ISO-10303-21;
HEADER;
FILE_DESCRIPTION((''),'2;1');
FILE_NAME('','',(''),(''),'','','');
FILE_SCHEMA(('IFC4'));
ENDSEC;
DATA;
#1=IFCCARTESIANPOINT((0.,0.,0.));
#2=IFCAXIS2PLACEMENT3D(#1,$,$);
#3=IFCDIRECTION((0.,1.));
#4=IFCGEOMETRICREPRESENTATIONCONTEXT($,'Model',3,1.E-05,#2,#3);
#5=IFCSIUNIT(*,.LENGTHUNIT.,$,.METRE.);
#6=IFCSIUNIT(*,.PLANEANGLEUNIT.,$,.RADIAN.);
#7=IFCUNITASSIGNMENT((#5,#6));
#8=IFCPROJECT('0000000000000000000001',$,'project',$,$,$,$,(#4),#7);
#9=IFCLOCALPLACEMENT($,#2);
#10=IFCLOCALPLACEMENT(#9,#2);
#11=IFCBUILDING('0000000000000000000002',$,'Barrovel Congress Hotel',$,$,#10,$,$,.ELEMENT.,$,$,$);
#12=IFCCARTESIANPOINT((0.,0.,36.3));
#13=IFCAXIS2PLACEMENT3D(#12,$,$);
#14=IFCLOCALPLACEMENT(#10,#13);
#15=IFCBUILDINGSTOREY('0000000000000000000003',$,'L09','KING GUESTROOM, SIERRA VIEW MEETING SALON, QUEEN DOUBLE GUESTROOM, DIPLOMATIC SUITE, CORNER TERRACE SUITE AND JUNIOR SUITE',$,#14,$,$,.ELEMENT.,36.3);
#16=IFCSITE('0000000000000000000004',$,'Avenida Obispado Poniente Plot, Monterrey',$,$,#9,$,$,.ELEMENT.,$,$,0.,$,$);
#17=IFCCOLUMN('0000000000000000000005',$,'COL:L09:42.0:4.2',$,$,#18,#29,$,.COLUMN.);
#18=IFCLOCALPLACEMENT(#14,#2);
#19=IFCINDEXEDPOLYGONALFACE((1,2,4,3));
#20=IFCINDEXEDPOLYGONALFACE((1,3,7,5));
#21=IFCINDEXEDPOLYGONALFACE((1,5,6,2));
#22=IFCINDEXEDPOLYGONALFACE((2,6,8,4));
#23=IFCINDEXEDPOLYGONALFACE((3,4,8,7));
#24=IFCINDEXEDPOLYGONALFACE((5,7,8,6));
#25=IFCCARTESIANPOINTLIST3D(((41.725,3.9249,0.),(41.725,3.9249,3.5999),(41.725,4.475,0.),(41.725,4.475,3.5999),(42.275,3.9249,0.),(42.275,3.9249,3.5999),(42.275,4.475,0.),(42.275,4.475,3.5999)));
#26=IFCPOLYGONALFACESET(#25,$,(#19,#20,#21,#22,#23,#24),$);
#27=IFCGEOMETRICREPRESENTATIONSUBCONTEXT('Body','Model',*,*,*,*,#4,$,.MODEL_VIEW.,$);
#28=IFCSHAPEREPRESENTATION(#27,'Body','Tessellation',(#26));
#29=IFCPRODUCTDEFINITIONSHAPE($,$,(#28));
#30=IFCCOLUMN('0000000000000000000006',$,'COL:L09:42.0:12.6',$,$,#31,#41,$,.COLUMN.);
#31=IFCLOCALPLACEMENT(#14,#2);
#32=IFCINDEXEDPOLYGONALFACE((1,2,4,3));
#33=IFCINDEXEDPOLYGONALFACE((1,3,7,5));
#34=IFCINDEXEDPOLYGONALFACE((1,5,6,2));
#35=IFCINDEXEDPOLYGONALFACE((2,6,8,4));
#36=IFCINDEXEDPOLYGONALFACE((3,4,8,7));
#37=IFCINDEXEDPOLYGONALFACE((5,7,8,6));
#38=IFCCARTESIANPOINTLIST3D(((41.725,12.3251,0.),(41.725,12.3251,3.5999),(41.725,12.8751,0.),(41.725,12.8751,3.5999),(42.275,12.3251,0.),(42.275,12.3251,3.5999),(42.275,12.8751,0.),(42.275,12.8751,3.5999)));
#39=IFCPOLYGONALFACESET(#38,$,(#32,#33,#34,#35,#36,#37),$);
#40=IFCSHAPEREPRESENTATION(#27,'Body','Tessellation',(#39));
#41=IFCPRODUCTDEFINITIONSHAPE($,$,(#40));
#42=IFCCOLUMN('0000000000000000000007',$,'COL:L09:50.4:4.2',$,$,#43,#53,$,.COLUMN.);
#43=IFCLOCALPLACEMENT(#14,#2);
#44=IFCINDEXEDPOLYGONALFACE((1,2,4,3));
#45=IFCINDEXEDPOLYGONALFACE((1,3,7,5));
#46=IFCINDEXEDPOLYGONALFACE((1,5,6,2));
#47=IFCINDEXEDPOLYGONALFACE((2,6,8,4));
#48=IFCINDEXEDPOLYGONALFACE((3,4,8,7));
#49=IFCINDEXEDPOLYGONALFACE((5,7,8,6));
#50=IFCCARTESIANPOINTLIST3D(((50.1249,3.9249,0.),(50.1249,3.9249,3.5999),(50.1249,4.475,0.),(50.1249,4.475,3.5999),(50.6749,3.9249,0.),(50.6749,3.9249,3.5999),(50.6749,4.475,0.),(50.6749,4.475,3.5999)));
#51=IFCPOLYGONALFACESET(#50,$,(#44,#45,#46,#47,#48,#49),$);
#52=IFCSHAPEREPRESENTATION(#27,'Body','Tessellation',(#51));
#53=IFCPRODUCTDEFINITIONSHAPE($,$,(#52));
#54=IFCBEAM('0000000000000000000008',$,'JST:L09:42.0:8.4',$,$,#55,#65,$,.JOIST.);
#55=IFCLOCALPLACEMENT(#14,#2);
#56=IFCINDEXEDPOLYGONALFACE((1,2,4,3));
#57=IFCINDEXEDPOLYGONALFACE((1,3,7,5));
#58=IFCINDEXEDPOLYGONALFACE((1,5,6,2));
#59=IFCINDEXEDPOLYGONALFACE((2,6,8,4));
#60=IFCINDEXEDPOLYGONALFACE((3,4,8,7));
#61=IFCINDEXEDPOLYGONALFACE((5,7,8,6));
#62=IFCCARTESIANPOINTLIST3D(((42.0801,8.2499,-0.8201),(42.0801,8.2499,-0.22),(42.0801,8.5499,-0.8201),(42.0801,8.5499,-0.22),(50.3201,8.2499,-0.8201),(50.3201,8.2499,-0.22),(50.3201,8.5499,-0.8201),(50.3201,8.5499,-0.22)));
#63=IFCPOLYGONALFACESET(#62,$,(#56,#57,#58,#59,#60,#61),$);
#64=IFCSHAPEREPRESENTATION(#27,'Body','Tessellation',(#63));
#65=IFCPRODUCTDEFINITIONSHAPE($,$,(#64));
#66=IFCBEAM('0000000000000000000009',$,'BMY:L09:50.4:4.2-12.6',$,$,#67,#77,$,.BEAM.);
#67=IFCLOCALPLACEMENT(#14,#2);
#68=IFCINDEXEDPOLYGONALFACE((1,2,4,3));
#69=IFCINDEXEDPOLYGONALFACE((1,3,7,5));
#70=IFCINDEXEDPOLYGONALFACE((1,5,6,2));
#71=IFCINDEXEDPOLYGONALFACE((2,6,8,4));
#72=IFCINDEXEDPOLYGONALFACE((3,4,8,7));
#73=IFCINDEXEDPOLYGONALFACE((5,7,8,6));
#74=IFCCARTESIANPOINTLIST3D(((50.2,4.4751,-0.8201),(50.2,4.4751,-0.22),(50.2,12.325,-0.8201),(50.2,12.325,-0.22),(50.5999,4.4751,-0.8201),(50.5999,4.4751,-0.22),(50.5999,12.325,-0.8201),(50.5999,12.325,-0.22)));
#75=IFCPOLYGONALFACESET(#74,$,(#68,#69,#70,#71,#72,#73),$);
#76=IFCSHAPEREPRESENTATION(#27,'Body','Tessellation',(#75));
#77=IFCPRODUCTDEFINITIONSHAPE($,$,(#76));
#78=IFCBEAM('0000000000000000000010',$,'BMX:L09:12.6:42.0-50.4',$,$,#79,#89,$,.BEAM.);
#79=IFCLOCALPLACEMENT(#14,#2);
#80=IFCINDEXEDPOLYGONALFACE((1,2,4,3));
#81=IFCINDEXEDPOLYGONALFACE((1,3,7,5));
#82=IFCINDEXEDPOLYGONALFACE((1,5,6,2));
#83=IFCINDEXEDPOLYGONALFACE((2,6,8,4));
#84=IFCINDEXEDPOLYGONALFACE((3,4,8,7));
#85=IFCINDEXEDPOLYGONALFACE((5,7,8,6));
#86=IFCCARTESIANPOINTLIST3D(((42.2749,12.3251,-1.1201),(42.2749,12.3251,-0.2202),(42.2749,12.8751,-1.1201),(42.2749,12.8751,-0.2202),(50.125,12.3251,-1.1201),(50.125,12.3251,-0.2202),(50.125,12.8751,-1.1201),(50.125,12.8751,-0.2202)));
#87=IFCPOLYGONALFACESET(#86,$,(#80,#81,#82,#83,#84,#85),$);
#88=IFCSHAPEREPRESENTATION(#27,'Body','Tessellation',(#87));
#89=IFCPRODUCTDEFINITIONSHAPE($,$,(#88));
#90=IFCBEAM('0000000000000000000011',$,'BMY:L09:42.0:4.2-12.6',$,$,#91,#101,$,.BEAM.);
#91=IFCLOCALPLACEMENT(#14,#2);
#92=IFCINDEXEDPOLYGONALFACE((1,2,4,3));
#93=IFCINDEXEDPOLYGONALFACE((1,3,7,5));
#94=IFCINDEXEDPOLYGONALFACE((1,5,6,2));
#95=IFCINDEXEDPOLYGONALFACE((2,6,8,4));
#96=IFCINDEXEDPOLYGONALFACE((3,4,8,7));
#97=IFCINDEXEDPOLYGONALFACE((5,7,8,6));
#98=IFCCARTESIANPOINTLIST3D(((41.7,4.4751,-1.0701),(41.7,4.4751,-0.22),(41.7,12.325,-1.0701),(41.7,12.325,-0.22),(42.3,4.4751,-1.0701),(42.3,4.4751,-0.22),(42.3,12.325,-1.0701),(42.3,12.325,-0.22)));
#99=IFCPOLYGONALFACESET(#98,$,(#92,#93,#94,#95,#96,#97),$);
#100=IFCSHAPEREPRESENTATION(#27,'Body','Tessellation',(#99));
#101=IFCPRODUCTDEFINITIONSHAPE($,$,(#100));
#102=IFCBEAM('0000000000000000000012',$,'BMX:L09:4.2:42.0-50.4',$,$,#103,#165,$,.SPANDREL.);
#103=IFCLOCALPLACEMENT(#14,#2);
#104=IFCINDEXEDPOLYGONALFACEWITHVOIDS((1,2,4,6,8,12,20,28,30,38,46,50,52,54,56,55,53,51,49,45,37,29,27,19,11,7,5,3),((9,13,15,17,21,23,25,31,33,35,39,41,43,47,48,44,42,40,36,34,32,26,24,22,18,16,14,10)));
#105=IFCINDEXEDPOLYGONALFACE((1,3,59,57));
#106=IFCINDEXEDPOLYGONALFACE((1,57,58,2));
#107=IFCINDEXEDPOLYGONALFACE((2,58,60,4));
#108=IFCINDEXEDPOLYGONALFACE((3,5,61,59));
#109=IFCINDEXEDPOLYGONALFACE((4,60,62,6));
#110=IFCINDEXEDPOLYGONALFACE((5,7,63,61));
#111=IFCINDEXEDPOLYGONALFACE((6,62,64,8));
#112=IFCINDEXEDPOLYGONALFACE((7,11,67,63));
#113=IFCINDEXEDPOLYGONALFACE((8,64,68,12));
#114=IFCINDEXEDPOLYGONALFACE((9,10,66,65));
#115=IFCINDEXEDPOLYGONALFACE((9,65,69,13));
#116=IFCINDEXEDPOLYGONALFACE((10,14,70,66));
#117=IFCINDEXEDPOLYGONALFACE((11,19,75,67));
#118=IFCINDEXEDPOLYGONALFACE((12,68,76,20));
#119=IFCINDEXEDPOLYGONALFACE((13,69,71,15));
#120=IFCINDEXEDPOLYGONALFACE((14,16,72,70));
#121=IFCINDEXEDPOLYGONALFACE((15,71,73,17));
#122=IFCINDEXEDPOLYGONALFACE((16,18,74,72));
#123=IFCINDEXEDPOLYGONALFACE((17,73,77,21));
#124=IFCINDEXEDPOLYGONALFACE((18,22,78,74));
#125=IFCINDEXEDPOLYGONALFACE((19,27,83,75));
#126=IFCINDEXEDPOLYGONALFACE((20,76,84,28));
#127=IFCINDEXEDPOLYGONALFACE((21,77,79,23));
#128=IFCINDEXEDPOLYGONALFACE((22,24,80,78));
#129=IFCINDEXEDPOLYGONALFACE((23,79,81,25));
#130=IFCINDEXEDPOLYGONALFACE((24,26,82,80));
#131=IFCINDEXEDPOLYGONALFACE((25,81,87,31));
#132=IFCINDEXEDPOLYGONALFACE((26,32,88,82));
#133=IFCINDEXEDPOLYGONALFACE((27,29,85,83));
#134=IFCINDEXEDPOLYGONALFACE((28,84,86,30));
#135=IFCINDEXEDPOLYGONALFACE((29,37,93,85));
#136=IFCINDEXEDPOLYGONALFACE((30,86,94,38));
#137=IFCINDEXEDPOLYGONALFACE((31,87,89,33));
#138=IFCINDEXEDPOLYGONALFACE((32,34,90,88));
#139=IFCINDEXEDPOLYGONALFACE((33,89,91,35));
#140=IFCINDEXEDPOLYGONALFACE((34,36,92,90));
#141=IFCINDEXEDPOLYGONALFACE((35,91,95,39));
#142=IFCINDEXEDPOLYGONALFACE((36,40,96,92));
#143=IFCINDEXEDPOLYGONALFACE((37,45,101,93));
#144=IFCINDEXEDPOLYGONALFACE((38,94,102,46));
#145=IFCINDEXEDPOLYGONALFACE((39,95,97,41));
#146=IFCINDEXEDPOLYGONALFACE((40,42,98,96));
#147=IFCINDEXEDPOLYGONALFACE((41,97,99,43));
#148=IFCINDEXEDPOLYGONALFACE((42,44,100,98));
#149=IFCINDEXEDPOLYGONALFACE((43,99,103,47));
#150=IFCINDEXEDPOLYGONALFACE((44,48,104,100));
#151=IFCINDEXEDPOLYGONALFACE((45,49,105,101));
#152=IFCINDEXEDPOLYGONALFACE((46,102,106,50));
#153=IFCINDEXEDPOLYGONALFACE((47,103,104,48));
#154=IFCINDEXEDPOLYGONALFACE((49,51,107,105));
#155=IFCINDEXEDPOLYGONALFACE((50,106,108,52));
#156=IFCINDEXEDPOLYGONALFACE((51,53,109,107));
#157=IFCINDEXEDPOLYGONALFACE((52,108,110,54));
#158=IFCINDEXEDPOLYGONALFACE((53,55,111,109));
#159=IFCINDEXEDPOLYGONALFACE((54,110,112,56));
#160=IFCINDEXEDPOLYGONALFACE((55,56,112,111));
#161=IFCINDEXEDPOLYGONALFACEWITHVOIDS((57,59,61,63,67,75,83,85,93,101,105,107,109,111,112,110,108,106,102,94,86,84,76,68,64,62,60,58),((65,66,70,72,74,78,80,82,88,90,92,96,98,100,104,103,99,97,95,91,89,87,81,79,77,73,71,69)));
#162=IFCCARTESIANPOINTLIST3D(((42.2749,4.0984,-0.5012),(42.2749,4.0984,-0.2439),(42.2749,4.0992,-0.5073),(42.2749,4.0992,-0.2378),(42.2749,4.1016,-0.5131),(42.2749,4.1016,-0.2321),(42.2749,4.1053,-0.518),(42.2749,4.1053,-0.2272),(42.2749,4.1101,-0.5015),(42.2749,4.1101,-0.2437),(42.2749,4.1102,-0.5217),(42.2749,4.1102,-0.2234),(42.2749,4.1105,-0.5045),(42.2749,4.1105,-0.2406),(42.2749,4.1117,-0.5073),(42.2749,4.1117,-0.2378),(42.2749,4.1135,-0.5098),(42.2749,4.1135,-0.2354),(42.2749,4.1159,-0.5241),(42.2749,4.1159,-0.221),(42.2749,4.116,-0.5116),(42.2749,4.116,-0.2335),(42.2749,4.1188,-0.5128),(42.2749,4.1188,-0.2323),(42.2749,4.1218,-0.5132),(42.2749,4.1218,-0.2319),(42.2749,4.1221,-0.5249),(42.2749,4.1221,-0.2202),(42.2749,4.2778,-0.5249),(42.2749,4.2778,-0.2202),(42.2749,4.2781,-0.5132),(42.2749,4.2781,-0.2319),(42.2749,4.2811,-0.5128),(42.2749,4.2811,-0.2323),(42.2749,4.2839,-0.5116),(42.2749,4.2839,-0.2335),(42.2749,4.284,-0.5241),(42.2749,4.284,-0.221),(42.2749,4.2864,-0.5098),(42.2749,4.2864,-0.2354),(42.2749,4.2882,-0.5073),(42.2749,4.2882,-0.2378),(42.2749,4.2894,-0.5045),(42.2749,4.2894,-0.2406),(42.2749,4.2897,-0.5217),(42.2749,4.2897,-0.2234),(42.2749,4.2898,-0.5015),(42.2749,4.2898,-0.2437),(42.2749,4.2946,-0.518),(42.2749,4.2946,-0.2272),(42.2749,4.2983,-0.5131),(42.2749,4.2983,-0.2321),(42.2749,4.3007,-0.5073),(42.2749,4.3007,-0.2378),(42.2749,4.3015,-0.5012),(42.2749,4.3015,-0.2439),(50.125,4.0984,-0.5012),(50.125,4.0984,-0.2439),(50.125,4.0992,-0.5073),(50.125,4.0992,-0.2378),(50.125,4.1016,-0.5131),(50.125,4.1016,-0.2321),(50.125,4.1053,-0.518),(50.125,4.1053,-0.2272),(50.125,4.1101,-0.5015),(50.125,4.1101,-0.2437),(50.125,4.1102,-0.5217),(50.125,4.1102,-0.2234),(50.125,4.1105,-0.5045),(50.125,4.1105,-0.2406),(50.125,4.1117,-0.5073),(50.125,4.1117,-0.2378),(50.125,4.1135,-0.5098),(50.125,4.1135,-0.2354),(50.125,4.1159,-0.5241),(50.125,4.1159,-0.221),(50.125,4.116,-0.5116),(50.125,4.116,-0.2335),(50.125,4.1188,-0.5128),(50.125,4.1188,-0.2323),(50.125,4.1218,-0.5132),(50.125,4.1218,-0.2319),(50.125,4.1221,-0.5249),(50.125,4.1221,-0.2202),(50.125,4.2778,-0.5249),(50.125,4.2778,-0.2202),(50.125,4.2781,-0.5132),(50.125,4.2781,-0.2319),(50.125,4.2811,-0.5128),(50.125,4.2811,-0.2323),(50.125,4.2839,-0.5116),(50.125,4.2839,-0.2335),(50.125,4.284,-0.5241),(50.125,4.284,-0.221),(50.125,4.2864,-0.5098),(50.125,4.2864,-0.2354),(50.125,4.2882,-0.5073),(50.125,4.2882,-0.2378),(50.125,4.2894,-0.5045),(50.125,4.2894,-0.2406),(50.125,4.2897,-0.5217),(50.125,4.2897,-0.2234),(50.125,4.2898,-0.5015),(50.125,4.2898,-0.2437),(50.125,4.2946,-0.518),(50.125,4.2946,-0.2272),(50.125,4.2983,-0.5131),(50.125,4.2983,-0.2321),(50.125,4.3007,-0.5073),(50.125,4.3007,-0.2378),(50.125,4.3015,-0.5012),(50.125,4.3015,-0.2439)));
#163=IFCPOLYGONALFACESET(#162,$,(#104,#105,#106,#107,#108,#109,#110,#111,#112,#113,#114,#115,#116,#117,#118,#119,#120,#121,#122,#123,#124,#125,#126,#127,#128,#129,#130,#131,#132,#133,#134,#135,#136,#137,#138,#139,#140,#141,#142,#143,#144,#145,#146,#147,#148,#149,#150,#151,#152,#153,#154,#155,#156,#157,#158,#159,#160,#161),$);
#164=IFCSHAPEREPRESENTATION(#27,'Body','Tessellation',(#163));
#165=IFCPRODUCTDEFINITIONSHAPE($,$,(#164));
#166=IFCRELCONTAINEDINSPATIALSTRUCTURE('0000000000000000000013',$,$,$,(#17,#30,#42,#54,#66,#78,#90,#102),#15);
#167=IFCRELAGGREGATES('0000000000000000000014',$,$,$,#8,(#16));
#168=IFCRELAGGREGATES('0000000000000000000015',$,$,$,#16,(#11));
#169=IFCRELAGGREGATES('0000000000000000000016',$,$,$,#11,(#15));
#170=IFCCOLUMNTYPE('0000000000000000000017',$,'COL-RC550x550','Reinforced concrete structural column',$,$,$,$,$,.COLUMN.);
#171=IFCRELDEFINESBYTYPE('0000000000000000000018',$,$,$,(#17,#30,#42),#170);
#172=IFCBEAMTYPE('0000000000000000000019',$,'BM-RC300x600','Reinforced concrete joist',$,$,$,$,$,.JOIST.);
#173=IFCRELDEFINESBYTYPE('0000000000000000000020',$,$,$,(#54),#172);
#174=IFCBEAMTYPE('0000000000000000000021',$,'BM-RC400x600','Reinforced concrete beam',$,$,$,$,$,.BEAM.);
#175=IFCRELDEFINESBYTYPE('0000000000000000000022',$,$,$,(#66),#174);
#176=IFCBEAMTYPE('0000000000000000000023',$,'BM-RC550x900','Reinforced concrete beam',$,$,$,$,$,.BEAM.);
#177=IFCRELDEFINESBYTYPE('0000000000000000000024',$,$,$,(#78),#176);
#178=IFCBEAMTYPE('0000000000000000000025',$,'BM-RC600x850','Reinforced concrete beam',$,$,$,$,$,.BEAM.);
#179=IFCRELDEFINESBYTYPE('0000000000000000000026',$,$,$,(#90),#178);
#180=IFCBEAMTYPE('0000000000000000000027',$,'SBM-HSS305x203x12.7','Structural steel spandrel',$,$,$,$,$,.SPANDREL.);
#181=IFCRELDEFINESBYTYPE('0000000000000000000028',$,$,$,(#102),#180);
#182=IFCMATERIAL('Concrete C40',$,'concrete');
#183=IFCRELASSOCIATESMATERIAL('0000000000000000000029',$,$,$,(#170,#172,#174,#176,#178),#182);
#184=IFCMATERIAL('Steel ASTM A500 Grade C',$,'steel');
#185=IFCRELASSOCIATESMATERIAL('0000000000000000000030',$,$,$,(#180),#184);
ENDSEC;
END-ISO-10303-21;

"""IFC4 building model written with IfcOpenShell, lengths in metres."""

from ifc_helpers import new_model, si_unit, direction, frame, origin, origin_2d, place, context, subcontext, project, spatial, rectangle, hollow_rectangle, extrude, material, material_profile, profile_set, type_object, element, save


model = new_model("IFC4")

# Units and contexts
model_context = context("Model", 3, precision=1e-05, world=origin(), true_north=direction((0.0, 1.0)))
body_context = subcontext(model_context, "Body", "Model", "MODEL_VIEW")
ifc_project = project(units=[si_unit("LENGTHUNIT", "METRE"), si_unit("PLANEANGLEUNIT", "RADIAN")], contexts=[model_context])

# Site, building, storey
site_placement = place(None, origin())
site = spatial("IfcSite", under=ifc_project, at=site_placement, Name="Avenida Obispado Poniente Plot, Monterrey", CompositionType="ELEMENT", RefElevation=0.0)
building_placement = place(site_placement, origin())
building = spatial("IfcBuilding", under=site, at=building_placement, Name="Barrovel Congress Hotel", CompositionType="ELEMENT")
storey_placement = place(building_placement, frame((0.0, 0.0, 36.3)))
storey = spatial("IfcBuildingStorey", under=building, at=storey_placement, Name="L09", Description="KING GUESTROOM, SIERRA VIEW MEETING SALON, QUEEN DOUBLE GUESTROOM, DIPLOMATIC SUITE, CORNER TERRACE SUITE AND JUNIOR SUITE", CompositionType="ELEMENT", Elevation=36.3)

# Columns
ifc_material_1 = material(Name="Concrete C40", Category="concrete")
ifc_material_profile_1 = material_profile(ifc_material_1, rectangle(XDim=0.55, YDim=0.55, at=origin_2d()), Name="RC550x550")
ifc_profile_set_1 = profile_set([ifc_material_profile_1], Name="Concrete C40")
column_type = type_object("IfcColumnType", Name="COL-RC550x550", Description="Reinforced concrete structural column", PredefinedType="COLUMN", material=ifc_profile_set_1)
for number, where, z_axis, x_axis, name in (
    (1, (42.0, 4.2, 0.0), (0.0, 0.0, 1.0), (1.0, 0.0, 0.0), "COL:L09:42.0:4.2"),
    (2, (42.0, 12.6001, 0.0), (0.0, 0.0, 1.0), (1.0, 0.0, 0.0), "COL:L09:42.0:12.6"),
    (3, (50.3999, 4.2, 0.0), (0.0, 0.0, 1.0), (1.0, 0.0, 0.0), "COL:L09:50.4:4.2"),
):
    element("IfcColumn", number, at=place(storey_placement, frame(where, z_axis=z_axis, x_axis=x_axis)), inside=storey, type_object=column_type, Name=name, PredefinedType="COLUMN", context=body_context, shape_type="SweptSolid", body=[
        extrude(rectangle(XDim=0.55, YDim=0.55, at=origin_2d()), origin(), (0.0, 0.0, 1.0), 3.5999),
    ])

# Beams
ifc_material_profile_2 = material_profile(ifc_material_1, rectangle(XDim=0.3, YDim=0.6001, at=origin_2d()), Name="RC300x600")
ifc_profile_set_2 = profile_set([ifc_material_profile_2], Name="Concrete C40")
beam_type_1 = type_object("IfcBeamType", Name="BM-RC300x600", Description="Reinforced concrete joist", PredefinedType="JOIST", material=ifc_profile_set_2)
beam_1_placement = place(storey_placement, frame((42.0801, 8.3999, -0.52), z_axis=(1.0, 0.0, 0.0), x_axis=(0.0, 1.0, 0.0)))
element("IfcBeam", 4, at=beam_1_placement, inside=storey, type_object=beam_type_1, Name="JST:L09:42.0:8.4", PredefinedType="JOIST", context=body_context, shape_type="SweptSolid", body=[
    extrude(rectangle(XDim=0.3, YDim=0.6001, at=origin_2d()), origin(), (0.0, 0.0, 1.0), 8.24),
])
ifc_material_profile_3 = material_profile(ifc_material_1, rectangle(XDim=0.3999, YDim=0.6001, at=origin_2d()), Name="RC400x600")
ifc_profile_set_3 = profile_set([ifc_material_profile_3], Name="Concrete C40")
beam_type_2 = type_object("IfcBeamType", Name="BM-RC400x600", Description="Reinforced concrete beam", PredefinedType="BEAM", material=ifc_profile_set_3)
beam_2_placement = place(storey_placement, frame((50.3999, 4.4751, -0.52), z_axis=(0.0, 1.0, 0.0), x_axis=(-1.0, 0.0, 0.0)))
element("IfcBeam", 5, at=beam_2_placement, inside=storey, type_object=beam_type_2, Name="BMY:L09:50.4:4.2-12.6", PredefinedType="BEAM", context=body_context, shape_type="SweptSolid", body=[
    extrude(rectangle(XDim=0.3999, YDim=0.6001, at=origin_2d()), origin(), (0.0, 0.0, 1.0), 7.8499),
])
ifc_material_profile_4 = material_profile(ifc_material_1, rectangle(XDim=0.55, YDim=0.8999, at=origin_2d()), Name="RC550x900")
ifc_profile_set_4 = profile_set([ifc_material_profile_4], Name="Concrete C40")
beam_type_3 = type_object("IfcBeamType", Name="BM-RC550x900", Description="Reinforced concrete beam", PredefinedType="BEAM", material=ifc_profile_set_4)
beam_3_placement = place(storey_placement, frame((42.2749, 12.6001, -0.6702), z_axis=(1.0, 0.0, 0.0), x_axis=(0.0, 1.0, 0.0)))
element("IfcBeam", 6, at=beam_3_placement, inside=storey, type_object=beam_type_3, Name="BMX:L09:12.6:42.0-50.4", PredefinedType="BEAM", context=body_context, shape_type="SweptSolid", body=[
    extrude(rectangle(XDim=0.55, YDim=0.8999, at=origin_2d()), origin(), (0.0, 0.0, 1.0), 7.8501),
])
ifc_material_profile_5 = material_profile(ifc_material_1, rectangle(XDim=0.6001, YDim=0.8501, at=origin_2d()), Name="RC600x850")
ifc_profile_set_5 = profile_set([ifc_material_profile_5], Name="Concrete C40")
beam_type_4 = type_object("IfcBeamType", Name="BM-RC600x850", Description="Reinforced concrete beam", PredefinedType="BEAM", material=ifc_profile_set_5)
beam_4_placement = place(storey_placement, frame((42.0, 4.4751, -0.645), z_axis=(0.0, 1.0, 0.0), x_axis=(-1.0, 0.0, 0.0)))
element("IfcBeam", 7, at=beam_4_placement, inside=storey, type_object=beam_type_4, Name="BMY:L09:42.0:4.2-12.6", PredefinedType="BEAM", context=body_context, shape_type="SweptSolid", body=[
    extrude(rectangle(XDim=0.6001, YDim=0.8501, at=origin_2d()), origin(), (0.0, 0.0, 1.0), 7.8499),
])
ifc_material_2 = material(Name="Steel ASTM A500 Grade C", Category="steel")
ifc_material_profile_6 = material_profile(ifc_material_2, hollow_rectangle(XDim=0.2031, YDim=0.3047, WallThickness=0.0117, InnerFilletRadius=0.0117, OuterFilletRadius=0.0237, at=origin_2d()), Name="HSS305x203x12.7")
ifc_profile_set_6 = profile_set([ifc_material_profile_6], Name="Steel ASTM A500 Grade C")
beam_type_5 = type_object("IfcBeamType", Name="SBM-HSS305x203x12.7", Description="Structural steel spandrel", PredefinedType="SPANDREL", material=ifc_profile_set_6)
beam_5_placement = place(storey_placement, frame((42.2749, 4.2, -0.3726), z_axis=(1.0, 0.0, 0.0), x_axis=(0.0, 1.0, 0.0)))
element("IfcBeam", 8, at=beam_5_placement, inside=storey, type_object=beam_type_5, Name="BMX:L09:4.2:42.0-50.4", PredefinedType="SPANDREL", context=body_context, shape_type="SweptSolid", body=[
    extrude(hollow_rectangle(XDim=0.2031, YDim=0.3047, WallThickness=0.0117, InnerFilletRadius=0.0117, OuterFilletRadius=0.0237, at=origin_2d()), origin(), (0.0, 0.0, 1.0), 7.8501),
])

save(model, "model.ifc")
